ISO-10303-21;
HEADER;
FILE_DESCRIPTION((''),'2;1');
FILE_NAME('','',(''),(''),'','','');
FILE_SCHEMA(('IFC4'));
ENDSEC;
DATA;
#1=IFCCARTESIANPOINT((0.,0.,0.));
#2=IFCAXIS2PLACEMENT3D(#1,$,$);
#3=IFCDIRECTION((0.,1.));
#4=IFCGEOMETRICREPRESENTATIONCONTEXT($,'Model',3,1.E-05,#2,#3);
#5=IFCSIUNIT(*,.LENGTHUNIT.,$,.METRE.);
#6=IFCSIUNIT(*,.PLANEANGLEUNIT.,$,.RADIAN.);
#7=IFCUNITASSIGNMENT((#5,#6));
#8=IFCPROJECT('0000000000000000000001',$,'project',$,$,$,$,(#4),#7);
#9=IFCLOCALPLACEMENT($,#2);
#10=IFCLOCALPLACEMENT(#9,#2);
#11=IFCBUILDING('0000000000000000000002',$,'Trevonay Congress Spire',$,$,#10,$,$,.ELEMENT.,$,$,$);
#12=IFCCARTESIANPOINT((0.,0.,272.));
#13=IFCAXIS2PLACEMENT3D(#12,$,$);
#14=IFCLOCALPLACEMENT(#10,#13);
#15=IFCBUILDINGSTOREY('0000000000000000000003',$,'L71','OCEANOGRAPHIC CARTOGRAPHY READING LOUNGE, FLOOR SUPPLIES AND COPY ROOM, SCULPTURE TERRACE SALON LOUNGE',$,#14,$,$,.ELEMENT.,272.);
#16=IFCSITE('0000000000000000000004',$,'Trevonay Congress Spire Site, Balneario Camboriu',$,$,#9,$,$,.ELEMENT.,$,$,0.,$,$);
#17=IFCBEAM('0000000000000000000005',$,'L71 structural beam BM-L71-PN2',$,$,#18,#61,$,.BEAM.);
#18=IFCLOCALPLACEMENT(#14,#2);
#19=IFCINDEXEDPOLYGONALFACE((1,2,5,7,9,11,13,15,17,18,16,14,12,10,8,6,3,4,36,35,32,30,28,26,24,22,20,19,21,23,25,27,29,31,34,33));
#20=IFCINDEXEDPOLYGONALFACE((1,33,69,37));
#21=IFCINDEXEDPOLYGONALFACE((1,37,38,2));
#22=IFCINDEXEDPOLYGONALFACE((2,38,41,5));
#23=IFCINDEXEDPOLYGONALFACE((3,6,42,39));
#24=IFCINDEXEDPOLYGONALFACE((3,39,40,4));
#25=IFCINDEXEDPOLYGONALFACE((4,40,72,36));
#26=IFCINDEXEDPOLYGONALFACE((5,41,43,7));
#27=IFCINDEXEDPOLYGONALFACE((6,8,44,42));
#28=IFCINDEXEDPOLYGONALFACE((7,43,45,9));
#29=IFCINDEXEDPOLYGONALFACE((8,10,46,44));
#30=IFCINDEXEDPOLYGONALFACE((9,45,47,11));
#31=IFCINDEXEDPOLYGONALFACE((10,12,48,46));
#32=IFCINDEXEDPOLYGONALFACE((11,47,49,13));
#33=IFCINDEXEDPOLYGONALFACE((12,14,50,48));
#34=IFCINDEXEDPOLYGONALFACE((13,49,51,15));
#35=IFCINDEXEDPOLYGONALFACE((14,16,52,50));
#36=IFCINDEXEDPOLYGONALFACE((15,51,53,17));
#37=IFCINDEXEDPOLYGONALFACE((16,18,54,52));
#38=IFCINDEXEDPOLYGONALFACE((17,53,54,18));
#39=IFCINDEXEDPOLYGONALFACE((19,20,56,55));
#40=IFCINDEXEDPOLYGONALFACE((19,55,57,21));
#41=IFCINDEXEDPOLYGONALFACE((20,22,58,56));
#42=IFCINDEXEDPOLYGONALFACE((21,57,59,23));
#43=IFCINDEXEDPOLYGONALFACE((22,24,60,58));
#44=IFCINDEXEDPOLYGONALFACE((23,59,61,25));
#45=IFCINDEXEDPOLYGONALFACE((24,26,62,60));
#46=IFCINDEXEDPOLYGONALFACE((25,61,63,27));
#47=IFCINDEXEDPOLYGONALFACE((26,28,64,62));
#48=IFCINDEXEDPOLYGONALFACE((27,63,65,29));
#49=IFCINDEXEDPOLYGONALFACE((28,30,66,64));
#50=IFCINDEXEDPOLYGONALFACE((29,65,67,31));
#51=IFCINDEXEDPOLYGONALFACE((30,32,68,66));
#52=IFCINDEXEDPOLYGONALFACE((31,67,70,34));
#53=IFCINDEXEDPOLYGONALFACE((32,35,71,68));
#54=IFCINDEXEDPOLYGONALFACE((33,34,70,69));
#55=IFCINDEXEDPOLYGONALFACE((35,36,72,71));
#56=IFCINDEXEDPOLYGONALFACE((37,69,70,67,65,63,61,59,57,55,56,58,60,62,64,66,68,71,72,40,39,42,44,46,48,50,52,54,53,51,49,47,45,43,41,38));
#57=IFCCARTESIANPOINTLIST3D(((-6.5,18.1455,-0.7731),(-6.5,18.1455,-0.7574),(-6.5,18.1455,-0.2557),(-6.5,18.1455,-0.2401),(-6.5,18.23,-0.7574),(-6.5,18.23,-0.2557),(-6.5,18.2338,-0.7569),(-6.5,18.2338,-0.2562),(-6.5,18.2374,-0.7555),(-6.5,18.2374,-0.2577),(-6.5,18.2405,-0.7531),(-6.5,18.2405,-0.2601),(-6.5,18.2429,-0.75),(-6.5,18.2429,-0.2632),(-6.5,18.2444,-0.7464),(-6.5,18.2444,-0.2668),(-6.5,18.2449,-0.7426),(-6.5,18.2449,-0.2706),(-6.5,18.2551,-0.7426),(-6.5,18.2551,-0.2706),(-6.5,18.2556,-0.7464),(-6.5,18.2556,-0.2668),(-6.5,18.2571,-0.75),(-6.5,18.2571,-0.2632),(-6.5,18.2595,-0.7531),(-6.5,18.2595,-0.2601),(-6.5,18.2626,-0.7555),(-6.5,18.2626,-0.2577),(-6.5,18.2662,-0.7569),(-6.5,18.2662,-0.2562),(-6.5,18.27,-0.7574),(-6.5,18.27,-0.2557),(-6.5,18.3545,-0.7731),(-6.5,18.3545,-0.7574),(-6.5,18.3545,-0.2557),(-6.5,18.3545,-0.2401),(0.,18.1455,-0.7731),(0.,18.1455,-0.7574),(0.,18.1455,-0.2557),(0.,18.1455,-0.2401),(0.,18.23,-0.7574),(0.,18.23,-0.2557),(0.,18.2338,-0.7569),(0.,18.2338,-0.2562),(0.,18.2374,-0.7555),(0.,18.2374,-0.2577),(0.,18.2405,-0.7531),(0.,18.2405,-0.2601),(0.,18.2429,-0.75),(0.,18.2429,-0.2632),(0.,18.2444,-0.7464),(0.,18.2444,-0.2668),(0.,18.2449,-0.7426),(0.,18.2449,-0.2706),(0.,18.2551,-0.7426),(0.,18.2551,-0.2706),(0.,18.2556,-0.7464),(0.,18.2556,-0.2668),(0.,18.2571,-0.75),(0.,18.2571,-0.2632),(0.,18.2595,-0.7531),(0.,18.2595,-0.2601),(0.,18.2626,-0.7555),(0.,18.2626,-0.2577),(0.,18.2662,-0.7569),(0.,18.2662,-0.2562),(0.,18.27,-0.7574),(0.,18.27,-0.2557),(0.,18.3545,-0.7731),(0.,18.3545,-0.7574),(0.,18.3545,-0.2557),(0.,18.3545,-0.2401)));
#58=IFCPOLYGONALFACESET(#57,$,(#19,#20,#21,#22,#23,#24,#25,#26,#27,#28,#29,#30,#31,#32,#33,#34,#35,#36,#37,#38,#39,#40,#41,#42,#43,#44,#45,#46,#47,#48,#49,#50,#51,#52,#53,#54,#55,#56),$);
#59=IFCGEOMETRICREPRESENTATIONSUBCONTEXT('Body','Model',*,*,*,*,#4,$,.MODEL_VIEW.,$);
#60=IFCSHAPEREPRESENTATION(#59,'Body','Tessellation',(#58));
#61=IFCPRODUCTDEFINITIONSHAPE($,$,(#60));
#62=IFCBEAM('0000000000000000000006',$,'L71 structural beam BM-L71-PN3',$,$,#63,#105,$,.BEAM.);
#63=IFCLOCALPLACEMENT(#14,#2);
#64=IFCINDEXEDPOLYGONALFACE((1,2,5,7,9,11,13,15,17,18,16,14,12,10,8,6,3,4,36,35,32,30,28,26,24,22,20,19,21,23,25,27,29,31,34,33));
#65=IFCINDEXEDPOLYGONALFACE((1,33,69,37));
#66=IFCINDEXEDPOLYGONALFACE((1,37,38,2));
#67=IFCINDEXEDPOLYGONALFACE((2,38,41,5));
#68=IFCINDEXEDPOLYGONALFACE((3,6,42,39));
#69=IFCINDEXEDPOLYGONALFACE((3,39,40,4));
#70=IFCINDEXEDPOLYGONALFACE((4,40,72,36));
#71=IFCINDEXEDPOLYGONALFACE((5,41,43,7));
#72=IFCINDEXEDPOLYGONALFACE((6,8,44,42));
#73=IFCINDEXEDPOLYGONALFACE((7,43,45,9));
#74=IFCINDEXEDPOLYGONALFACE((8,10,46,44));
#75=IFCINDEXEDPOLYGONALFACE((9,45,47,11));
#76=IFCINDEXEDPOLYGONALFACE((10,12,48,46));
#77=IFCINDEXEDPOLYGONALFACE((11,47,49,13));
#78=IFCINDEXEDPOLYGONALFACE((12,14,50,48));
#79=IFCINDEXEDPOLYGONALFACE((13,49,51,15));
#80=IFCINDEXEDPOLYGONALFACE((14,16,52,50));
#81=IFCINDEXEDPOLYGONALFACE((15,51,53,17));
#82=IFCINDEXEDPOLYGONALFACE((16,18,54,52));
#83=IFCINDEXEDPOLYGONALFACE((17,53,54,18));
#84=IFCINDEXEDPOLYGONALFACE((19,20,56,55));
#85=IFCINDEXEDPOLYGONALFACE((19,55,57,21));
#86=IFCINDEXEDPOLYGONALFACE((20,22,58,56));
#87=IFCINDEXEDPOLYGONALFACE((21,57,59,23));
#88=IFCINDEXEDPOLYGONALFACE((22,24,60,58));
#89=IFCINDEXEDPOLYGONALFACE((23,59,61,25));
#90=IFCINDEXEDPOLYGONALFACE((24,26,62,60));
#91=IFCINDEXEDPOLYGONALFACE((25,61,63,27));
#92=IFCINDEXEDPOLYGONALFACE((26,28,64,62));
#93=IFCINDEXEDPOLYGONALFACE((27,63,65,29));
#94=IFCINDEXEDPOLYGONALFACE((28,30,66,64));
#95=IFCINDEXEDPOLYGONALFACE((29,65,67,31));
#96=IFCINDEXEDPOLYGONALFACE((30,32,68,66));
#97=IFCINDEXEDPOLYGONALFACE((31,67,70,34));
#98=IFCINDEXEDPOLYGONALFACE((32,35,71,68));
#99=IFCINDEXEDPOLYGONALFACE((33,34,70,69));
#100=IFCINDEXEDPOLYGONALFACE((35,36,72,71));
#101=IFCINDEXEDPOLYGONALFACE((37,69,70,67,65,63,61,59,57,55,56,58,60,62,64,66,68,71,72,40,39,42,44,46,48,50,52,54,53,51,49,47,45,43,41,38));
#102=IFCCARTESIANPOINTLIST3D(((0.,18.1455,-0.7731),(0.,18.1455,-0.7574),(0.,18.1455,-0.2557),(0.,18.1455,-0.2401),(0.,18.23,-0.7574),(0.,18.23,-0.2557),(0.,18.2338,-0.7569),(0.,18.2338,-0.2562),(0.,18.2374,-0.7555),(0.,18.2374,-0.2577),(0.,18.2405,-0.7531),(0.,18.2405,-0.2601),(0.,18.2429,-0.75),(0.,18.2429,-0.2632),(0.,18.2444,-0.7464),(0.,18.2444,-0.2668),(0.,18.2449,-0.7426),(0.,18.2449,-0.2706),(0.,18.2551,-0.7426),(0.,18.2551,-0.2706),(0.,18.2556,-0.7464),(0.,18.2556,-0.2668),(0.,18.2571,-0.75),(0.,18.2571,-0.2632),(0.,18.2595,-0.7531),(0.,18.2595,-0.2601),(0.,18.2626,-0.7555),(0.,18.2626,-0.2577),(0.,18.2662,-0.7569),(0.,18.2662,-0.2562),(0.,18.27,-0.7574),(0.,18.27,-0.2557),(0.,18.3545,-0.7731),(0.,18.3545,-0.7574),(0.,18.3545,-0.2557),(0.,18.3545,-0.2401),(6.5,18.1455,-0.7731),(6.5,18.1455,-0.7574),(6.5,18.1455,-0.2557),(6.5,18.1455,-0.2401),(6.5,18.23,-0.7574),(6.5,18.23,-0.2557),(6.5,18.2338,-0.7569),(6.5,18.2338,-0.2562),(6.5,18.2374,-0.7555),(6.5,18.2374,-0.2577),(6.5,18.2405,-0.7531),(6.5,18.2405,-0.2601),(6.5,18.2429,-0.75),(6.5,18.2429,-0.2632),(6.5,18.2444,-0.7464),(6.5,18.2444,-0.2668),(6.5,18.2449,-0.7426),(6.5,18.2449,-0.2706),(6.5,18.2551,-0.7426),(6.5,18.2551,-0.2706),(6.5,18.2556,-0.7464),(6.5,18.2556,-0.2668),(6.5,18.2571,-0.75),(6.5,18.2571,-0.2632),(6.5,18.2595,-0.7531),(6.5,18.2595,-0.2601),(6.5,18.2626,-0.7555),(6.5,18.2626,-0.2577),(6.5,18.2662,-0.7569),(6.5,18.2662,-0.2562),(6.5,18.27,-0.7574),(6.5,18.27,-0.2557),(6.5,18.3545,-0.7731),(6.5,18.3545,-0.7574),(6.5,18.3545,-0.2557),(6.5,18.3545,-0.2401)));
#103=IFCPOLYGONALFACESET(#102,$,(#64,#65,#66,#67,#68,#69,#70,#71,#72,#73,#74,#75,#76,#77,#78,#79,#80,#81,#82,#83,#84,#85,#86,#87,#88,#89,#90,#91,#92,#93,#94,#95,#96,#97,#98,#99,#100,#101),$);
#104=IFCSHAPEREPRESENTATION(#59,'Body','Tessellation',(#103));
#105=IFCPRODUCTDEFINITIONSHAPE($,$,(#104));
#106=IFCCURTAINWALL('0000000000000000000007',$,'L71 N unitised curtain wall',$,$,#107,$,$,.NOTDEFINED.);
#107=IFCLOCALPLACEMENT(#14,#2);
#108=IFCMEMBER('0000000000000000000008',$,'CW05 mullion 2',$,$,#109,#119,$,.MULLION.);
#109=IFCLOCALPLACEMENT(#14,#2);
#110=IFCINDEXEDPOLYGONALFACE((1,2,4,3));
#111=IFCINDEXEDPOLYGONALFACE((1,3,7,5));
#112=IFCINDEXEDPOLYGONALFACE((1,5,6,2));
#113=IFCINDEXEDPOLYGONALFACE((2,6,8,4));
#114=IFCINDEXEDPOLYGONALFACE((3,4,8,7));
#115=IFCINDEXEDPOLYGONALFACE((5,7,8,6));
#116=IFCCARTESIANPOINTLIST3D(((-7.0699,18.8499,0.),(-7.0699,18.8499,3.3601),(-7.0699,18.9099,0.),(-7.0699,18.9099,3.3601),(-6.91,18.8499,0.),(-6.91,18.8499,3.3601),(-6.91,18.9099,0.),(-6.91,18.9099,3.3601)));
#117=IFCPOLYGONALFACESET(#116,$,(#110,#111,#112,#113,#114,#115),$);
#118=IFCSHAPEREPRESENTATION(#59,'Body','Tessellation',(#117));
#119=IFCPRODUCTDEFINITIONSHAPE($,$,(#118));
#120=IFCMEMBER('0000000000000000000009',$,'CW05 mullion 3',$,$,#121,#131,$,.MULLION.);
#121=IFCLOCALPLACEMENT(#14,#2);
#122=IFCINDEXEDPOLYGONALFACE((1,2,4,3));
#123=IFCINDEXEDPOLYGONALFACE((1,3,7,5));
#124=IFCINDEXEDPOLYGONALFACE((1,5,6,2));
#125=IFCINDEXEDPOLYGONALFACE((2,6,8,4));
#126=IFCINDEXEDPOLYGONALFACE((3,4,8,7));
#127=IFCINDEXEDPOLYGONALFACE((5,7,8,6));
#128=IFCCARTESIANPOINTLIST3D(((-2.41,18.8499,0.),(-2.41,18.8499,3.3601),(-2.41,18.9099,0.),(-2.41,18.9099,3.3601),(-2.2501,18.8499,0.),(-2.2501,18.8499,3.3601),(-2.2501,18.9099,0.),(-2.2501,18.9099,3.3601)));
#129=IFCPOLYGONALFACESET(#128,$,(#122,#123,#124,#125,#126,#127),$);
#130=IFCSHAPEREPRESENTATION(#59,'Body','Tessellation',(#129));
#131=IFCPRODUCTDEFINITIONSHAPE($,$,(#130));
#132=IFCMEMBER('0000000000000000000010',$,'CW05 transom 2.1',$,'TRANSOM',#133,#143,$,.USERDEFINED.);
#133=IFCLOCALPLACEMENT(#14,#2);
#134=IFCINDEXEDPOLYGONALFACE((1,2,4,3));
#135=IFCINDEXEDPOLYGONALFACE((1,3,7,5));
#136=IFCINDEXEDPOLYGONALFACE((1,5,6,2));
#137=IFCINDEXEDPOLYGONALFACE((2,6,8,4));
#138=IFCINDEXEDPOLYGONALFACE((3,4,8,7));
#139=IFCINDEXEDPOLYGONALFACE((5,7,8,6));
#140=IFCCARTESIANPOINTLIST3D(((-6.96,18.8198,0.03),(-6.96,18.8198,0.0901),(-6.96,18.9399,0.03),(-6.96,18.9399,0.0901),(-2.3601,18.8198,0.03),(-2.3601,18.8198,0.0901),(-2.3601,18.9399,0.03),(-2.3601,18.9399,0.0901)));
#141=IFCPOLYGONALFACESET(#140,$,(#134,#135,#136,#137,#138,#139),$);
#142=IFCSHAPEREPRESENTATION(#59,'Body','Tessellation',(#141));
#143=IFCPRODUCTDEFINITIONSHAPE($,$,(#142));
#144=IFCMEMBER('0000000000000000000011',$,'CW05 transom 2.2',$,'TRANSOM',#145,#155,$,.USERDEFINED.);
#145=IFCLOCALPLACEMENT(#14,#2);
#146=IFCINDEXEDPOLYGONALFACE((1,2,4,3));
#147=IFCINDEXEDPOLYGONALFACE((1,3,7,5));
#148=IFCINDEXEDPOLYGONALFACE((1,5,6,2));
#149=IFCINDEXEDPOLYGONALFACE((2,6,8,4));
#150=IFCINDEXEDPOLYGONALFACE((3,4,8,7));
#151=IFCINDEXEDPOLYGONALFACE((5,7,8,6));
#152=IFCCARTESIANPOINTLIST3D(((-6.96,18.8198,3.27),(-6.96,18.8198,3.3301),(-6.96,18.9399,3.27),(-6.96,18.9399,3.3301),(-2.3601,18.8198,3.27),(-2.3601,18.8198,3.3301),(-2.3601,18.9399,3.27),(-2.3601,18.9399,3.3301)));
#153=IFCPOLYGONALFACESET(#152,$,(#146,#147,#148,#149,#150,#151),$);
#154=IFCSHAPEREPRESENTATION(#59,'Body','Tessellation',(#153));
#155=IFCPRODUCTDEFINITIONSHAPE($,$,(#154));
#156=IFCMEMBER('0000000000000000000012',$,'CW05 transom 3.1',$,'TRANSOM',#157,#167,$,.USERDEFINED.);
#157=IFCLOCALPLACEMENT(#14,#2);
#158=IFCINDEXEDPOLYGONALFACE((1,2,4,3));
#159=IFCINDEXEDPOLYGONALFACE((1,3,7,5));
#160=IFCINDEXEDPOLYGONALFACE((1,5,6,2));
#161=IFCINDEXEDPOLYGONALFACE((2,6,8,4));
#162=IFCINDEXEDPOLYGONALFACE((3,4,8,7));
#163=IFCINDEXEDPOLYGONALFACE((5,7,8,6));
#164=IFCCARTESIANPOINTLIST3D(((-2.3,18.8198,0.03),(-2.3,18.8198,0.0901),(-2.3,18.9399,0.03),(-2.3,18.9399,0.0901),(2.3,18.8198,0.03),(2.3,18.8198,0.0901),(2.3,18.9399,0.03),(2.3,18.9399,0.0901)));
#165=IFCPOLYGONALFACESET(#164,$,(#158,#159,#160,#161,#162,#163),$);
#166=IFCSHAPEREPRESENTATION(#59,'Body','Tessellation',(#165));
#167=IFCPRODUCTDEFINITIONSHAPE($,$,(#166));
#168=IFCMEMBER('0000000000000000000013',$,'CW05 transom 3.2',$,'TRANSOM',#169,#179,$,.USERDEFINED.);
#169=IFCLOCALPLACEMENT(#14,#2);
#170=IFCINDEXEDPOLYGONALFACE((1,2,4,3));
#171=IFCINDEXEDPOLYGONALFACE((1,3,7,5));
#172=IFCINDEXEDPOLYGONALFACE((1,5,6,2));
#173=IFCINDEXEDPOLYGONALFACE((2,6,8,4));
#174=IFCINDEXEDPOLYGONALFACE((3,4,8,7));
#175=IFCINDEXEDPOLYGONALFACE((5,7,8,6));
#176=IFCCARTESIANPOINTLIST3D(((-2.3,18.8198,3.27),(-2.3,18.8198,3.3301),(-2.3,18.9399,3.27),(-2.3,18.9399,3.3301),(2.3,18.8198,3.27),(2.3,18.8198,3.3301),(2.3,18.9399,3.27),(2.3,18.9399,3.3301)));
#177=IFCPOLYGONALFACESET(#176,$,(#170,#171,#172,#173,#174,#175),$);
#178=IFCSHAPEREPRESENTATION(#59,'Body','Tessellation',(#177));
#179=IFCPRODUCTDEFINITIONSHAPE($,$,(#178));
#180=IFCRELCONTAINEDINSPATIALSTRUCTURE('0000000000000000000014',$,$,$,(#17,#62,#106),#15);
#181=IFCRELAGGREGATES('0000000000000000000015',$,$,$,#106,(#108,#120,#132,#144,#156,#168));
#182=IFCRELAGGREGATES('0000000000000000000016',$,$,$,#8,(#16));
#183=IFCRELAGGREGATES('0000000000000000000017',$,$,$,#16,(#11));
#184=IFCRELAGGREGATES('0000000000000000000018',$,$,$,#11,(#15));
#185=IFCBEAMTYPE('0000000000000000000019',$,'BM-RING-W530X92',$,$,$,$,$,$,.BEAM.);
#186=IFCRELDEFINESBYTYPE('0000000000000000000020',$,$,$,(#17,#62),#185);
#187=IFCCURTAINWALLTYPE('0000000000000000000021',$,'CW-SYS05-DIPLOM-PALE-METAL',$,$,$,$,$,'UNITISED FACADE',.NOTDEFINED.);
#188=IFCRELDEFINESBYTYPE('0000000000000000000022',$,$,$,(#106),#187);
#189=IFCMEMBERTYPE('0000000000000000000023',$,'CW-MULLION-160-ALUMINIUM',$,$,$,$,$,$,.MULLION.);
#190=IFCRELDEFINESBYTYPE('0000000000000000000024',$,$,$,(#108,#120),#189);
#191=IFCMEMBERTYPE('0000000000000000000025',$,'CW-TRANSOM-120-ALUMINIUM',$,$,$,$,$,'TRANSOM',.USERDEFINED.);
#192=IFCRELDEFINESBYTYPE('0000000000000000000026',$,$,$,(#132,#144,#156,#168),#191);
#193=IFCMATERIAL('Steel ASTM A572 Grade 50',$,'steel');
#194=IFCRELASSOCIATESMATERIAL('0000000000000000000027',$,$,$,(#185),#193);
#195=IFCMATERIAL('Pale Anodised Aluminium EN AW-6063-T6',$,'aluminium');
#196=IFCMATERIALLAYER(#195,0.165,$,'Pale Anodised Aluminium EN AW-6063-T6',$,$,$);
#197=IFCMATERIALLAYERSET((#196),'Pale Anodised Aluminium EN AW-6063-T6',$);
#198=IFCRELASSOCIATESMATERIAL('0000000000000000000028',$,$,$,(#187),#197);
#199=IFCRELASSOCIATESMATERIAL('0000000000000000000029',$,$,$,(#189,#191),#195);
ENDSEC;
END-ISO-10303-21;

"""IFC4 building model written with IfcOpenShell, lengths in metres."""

from ifc_helpers import new_model, si_unit, direction, frame, origin, origin_2d, place, context, subcontext, project, spatial, rectangle, i_section, extrude, material, layer, layer_set, material_profile, profile_set, type_object, element, aggregate, save


model = new_model("IFC4")

# Units and contexts
model_context = context("Model", 3, precision=1e-05, world=origin(), true_north=direction((0.0, 1.0)))
body_context = subcontext(model_context, "Body", "Model", "MODEL_VIEW")
ifc_project = project(units=[si_unit("LENGTHUNIT", "METRE"), si_unit("PLANEANGLEUNIT", "RADIAN")], contexts=[model_context])

# Site, building, storey
site_placement = place(None, origin())
site = spatial("IfcSite", under=ifc_project, at=site_placement, Name="Trevonay Congress Spire Site, Balneario Camboriu", CompositionType="ELEMENT", RefElevation=0.0)
building_placement = place(site_placement, origin())
building = spatial("IfcBuilding", under=site, at=building_placement, Name="Trevonay Congress Spire", CompositionType="ELEMENT")
storey_placement = place(building_placement, frame((0.0, 0.0, 272.0)))
storey = spatial("IfcBuildingStorey", under=building, at=storey_placement, Name="L71", Description="OCEANOGRAPHIC CARTOGRAPHY READING LOUNGE, FLOOR SUPPLIES AND COPY ROOM, SCULPTURE TERRACE SALON LOUNGE", CompositionType="ELEMENT", Elevation=272.0)

# Shared definitions
ifc_material_1 = material(Name="Steel ASTM A572 Grade 50", Category="steel")

# Beams
ifc_material_profile_1 = material_profile(ifc_material_1, i_section(OverallWidth=0.209, OverallDepth=0.533, WebThickness=0.0103, FlangeThickness=0.0156, FilletRadius=0.0149, at=origin_2d()), Name="W530x92")
ifc_profile_set_1 = profile_set([ifc_material_profile_1], Name="Steel ASTM A572 Grade 50")
beam_type_1 = type_object("IfcBeamType", Name="BM-RING-W530X92", PredefinedType="BEAM", material=ifc_profile_set_1)
for number, where, z_axis, x_axis, name in (
    (1, (-6.5, 18.25, -0.5066), (1.0, 0.0, 0.0), (0.0, 1.0, 0.0), "L71 structural beam BM-L71-PN2"),
    (2, (0.0, 18.25, -0.5066), (1.0, 0.0, 0.0), (0.0, 1.0, 0.0), "L71 structural beam BM-L71-PN3"),
):
    element("IfcBeam", number, at=place(storey_placement, frame(where, z_axis=z_axis, x_axis=x_axis)), inside=storey, type_object=beam_type_1, Name=name, PredefinedType="BEAM", context=body_context, shape_type="SweptSolid", body=[
        extrude(i_section(OverallWidth=0.209, OverallDepth=0.533, WebThickness=0.0103, FlangeThickness=0.0156, FilletRadius=0.0149, at=origin_2d()), origin(), (0.0, 0.0, 1.0), 6.5),
    ])

# Curtain wall, members
ifc_material_2 = material(Name="Pale Anodised Aluminium EN AW-6063-T6", Category="aluminium")
ifc_layer_1 = layer(ifc_material_2, 0.165, Name="Pale Anodised Aluminium EN AW-6063-T6")
ifc_layer_set_1 = layer_set([ifc_layer_1], Name="Pale Anodised Aluminium EN AW-6063-T6")
curtain_wall_type = type_object("IfcCurtainWallType", Name="CW-SYS05-DIPLOM-PALE-METAL", ElementType="UNITISED FACADE", PredefinedType="NOTDEFINED", material=ifc_layer_set_1)
curtain_wall_placement = place(storey_placement, origin())
curtain_wall = element("IfcCurtainWall", 3, at=curtain_wall_placement, inside=storey, type_object=curtain_wall_type, Name="L71 N unitised curtain wall", PredefinedType="NOTDEFINED")
ifc_material_profile_2 = material_profile(ifc_material_2, rectangle(XDim=0.0601, YDim=0.1599, at=origin_2d()), Name="CW-MULLION-160-ALUMINIUM")
ifc_profile_set_2 = profile_set([ifc_material_profile_2], Name="Pale Anodised Aluminium EN AW-6063-T6")
member_type_1 = type_object("IfcMemberType", Name="CW-MULLION-160-ALUMINIUM", PredefinedType="MULLION", material=ifc_profile_set_2)
member_1_placement = place(storey_placement, frame((-6.99, 18.8799, 0.0), z_axis=(0.0, 0.0, 1.0), x_axis=(0.0, 1.0, 0.0)))
member_1 = element("IfcMember", 4, at=member_1_placement, type_object=member_type_1, Name="CW05 mullion 2", PredefinedType="MULLION", context=body_context, shape_type="SweptSolid", body=[
    extrude(rectangle(XDim=0.0601, YDim=0.1599, at=origin_2d()), origin(), (0.0, 0.0, 1.0), 3.3601),
])
member_2_placement = place(storey_placement, frame((-2.3301, 18.8799, 0.0), z_axis=(0.0, 0.0, 1.0), x_axis=(0.0, 1.0, 0.0)))
member_2 = element("IfcMember", 5, at=member_2_placement, type_object=member_type_1, Name="CW05 mullion 3", PredefinedType="MULLION", context=body_context, shape_type="SweptSolid", body=[
    extrude(rectangle(XDim=0.0601, YDim=0.1599, at=origin_2d()), origin(), (0.0, 0.0, 1.0), 3.3601),
])
ifc_material_profile_3 = material_profile(ifc_material_2, rectangle(XDim=0.1201, YDim=0.0601, at=origin_2d()), Name="CW-TRANSOM-120-ALUMINIUM")
ifc_profile_set_3 = profile_set([ifc_material_profile_3], Name="Pale Anodised Aluminium EN AW-6063-T6")
member_type_2 = type_object("IfcMemberType", Name="CW-TRANSOM-120-ALUMINIUM", ElementType="TRANSOM", PredefinedType="USERDEFINED", material=ifc_profile_set_3)
member_3_placement = place(storey_placement, frame((-6.96, 18.8799, 0.0601), z_axis=(1.0, 0.0, 0.0), x_axis=(0.0, 1.0, 0.0)))
member_3 = element("IfcMember", 6, at=member_3_placement, type_object=member_type_2, Name="CW05 transom 2.1", ObjectType="TRANSOM", PredefinedType="USERDEFINED", context=body_context, shape_type="SweptSolid", body=[
    extrude(rectangle(XDim=0.1201, YDim=0.0601, at=origin_2d()), origin(), (0.0, 0.0, 1.0), 4.5999),
])
member_4_placement = place(storey_placement, frame((-6.96, 18.8799, 3.3), z_axis=(1.0, 0.0, 0.0), x_axis=(0.0, 1.0, 0.0)))
member_4 = element("IfcMember", 7, at=member_4_placement, type_object=member_type_2, Name="CW05 transom 2.2", ObjectType="TRANSOM", PredefinedType="USERDEFINED", context=body_context, shape_type="SweptSolid", body=[
    extrude(rectangle(XDim=0.1201, YDim=0.0601, at=origin_2d()), origin(), (0.0, 0.0, 1.0), 4.5999),
])
member_5_placement = place(storey_placement, frame((-2.3, 18.8799, 0.0601), z_axis=(1.0, 0.0, 0.0), x_axis=(0.0, 1.0, 0.0)))
member_5 = element("IfcMember", 8, at=member_5_placement, type_object=member_type_2, Name="CW05 transom 3.1", ObjectType="TRANSOM", PredefinedType="USERDEFINED", context=body_context, shape_type="SweptSolid", body=[
    extrude(rectangle(XDim=0.1201, YDim=0.0601, at=origin_2d()), origin(), (0.0, 0.0, 1.0), 4.6001),
])
member_6_placement = place(storey_placement, frame((-2.3, 18.8799, 3.3), z_axis=(1.0, 0.0, 0.0), x_axis=(0.0, 1.0, 0.0)))
member_6 = element("IfcMember", 9, at=member_6_placement, type_object=member_type_2, Name="CW05 transom 3.2", ObjectType="TRANSOM", PredefinedType="USERDEFINED", context=body_context, shape_type="SweptSolid", body=[
    extrude(rectangle(XDim=0.1201, YDim=0.0601, at=origin_2d()), origin(), (0.0, 0.0, 1.0), 4.6001),
])

aggregate(curtain_wall, [member_1, member_2, member_3, member_4, member_5, member_6])

save(model, "model.ifc")
